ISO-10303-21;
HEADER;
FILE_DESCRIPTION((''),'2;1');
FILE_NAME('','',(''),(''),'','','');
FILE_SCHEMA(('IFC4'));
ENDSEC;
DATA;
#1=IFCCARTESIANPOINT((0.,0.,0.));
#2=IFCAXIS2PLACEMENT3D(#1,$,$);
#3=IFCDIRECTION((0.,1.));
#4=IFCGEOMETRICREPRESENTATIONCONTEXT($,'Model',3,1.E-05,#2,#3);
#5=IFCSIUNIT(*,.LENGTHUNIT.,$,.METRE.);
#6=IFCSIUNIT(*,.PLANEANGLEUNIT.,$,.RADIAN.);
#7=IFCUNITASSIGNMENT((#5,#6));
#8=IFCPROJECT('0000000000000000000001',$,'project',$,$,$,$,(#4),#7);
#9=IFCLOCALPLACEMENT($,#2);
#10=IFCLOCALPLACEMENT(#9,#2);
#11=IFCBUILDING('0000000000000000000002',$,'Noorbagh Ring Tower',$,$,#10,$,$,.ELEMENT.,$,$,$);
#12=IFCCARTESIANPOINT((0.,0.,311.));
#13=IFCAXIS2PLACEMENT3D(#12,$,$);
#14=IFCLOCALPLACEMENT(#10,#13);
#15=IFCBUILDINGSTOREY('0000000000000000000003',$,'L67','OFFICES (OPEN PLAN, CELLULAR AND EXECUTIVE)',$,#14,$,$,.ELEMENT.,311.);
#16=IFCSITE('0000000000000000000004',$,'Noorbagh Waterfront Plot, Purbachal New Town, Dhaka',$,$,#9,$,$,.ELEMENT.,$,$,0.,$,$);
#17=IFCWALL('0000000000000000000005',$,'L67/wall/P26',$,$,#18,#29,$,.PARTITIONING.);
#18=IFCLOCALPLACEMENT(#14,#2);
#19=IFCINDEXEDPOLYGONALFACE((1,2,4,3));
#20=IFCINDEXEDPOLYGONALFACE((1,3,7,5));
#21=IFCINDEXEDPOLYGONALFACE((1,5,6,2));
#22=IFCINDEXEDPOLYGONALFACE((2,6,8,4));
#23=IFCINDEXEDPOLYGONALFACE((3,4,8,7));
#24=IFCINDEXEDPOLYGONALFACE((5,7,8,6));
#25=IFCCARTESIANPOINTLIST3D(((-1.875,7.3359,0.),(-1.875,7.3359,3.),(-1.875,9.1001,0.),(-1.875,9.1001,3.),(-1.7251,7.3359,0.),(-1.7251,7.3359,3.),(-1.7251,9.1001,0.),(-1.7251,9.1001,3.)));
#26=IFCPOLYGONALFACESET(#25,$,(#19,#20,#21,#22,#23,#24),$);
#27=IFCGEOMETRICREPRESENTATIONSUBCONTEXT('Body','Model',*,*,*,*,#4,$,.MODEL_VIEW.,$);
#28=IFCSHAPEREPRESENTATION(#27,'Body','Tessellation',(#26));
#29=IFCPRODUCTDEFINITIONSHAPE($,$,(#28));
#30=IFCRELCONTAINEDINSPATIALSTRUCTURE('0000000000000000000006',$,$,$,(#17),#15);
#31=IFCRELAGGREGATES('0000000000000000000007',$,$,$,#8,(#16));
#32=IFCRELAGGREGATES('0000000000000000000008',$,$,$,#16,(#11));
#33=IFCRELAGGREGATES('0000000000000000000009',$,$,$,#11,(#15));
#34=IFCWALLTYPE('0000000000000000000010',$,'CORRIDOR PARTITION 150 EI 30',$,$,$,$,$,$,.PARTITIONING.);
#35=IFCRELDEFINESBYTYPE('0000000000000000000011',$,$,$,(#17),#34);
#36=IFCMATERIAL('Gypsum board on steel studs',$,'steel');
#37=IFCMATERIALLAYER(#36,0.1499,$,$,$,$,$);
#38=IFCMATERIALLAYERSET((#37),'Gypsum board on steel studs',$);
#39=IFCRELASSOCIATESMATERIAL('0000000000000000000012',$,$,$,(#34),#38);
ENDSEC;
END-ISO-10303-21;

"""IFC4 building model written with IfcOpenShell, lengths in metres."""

from ifc_helpers import new_model, si_unit, direction, frame, frame_2d, origin, place, context, subcontext, project, spatial, rectangle, extrude, material, layer, layer_set, type_object, element, save


model = new_model("IFC4")

# Units and contexts
model_context = context("Model", 3, precision=1e-05, world=origin(), true_north=direction((0.0, 1.0)))
body_context = subcontext(model_context, "Body", "Model", "MODEL_VIEW")
ifc_project = project(units=[si_unit("LENGTHUNIT", "METRE"), si_unit("PLANEANGLEUNIT", "RADIAN")], contexts=[model_context])

# Site, building, storey
site_placement = place(None, origin())
site = spatial("IfcSite", under=ifc_project, at=site_placement, Name="Noorbagh Waterfront Plot, Purbachal New Town, Dhaka", CompositionType="ELEMENT", RefElevation=0.0)
building_placement = place(site_placement, origin())
building = spatial("IfcBuilding", under=site, at=building_placement, Name="Noorbagh Ring Tower", CompositionType="ELEMENT")
storey_placement = place(building_placement, frame((0.0, 0.0, 311.0)))
storey = spatial("IfcBuildingStorey", under=building, at=storey_placement, Name="L67", Description="OFFICES (OPEN PLAN, CELLULAR AND EXECUTIVE)", CompositionType="ELEMENT", Elevation=311.0)

# Wall
ifc_material_1 = material(Name="Gypsum board on steel studs", Category="steel")
ifc_layer_1 = layer(ifc_material_1, 0.1499)
ifc_layer_set_1 = layer_set([ifc_layer_1], Name="Gypsum board on steel studs")
wall_type = type_object("IfcWallType", Name="CORRIDOR PARTITION 150 EI 30", PredefinedType="PARTITIONING", material=ifc_layer_set_1)
wall_placement = place(storey_placement, frame((-1.8, 7.3359, 0.0), z_axis=(0.0, 0.0, 1.0), x_axis=(0.0, 1.0, 0.0)))
element("IfcWall", 1, at=wall_placement, inside=storey, type_object=wall_type, Name="L67/wall/P26", PredefinedType="PARTITIONING", context=body_context, shape_type="SweptSolid", body=[
    extrude(rectangle(XDim=1.7642, YDim=0.1499, at=frame_2d((0.8821, 0.0))), origin(), (0.0, 0.0, 1.0), 3.0),
])

save(model, "model.ifc")
